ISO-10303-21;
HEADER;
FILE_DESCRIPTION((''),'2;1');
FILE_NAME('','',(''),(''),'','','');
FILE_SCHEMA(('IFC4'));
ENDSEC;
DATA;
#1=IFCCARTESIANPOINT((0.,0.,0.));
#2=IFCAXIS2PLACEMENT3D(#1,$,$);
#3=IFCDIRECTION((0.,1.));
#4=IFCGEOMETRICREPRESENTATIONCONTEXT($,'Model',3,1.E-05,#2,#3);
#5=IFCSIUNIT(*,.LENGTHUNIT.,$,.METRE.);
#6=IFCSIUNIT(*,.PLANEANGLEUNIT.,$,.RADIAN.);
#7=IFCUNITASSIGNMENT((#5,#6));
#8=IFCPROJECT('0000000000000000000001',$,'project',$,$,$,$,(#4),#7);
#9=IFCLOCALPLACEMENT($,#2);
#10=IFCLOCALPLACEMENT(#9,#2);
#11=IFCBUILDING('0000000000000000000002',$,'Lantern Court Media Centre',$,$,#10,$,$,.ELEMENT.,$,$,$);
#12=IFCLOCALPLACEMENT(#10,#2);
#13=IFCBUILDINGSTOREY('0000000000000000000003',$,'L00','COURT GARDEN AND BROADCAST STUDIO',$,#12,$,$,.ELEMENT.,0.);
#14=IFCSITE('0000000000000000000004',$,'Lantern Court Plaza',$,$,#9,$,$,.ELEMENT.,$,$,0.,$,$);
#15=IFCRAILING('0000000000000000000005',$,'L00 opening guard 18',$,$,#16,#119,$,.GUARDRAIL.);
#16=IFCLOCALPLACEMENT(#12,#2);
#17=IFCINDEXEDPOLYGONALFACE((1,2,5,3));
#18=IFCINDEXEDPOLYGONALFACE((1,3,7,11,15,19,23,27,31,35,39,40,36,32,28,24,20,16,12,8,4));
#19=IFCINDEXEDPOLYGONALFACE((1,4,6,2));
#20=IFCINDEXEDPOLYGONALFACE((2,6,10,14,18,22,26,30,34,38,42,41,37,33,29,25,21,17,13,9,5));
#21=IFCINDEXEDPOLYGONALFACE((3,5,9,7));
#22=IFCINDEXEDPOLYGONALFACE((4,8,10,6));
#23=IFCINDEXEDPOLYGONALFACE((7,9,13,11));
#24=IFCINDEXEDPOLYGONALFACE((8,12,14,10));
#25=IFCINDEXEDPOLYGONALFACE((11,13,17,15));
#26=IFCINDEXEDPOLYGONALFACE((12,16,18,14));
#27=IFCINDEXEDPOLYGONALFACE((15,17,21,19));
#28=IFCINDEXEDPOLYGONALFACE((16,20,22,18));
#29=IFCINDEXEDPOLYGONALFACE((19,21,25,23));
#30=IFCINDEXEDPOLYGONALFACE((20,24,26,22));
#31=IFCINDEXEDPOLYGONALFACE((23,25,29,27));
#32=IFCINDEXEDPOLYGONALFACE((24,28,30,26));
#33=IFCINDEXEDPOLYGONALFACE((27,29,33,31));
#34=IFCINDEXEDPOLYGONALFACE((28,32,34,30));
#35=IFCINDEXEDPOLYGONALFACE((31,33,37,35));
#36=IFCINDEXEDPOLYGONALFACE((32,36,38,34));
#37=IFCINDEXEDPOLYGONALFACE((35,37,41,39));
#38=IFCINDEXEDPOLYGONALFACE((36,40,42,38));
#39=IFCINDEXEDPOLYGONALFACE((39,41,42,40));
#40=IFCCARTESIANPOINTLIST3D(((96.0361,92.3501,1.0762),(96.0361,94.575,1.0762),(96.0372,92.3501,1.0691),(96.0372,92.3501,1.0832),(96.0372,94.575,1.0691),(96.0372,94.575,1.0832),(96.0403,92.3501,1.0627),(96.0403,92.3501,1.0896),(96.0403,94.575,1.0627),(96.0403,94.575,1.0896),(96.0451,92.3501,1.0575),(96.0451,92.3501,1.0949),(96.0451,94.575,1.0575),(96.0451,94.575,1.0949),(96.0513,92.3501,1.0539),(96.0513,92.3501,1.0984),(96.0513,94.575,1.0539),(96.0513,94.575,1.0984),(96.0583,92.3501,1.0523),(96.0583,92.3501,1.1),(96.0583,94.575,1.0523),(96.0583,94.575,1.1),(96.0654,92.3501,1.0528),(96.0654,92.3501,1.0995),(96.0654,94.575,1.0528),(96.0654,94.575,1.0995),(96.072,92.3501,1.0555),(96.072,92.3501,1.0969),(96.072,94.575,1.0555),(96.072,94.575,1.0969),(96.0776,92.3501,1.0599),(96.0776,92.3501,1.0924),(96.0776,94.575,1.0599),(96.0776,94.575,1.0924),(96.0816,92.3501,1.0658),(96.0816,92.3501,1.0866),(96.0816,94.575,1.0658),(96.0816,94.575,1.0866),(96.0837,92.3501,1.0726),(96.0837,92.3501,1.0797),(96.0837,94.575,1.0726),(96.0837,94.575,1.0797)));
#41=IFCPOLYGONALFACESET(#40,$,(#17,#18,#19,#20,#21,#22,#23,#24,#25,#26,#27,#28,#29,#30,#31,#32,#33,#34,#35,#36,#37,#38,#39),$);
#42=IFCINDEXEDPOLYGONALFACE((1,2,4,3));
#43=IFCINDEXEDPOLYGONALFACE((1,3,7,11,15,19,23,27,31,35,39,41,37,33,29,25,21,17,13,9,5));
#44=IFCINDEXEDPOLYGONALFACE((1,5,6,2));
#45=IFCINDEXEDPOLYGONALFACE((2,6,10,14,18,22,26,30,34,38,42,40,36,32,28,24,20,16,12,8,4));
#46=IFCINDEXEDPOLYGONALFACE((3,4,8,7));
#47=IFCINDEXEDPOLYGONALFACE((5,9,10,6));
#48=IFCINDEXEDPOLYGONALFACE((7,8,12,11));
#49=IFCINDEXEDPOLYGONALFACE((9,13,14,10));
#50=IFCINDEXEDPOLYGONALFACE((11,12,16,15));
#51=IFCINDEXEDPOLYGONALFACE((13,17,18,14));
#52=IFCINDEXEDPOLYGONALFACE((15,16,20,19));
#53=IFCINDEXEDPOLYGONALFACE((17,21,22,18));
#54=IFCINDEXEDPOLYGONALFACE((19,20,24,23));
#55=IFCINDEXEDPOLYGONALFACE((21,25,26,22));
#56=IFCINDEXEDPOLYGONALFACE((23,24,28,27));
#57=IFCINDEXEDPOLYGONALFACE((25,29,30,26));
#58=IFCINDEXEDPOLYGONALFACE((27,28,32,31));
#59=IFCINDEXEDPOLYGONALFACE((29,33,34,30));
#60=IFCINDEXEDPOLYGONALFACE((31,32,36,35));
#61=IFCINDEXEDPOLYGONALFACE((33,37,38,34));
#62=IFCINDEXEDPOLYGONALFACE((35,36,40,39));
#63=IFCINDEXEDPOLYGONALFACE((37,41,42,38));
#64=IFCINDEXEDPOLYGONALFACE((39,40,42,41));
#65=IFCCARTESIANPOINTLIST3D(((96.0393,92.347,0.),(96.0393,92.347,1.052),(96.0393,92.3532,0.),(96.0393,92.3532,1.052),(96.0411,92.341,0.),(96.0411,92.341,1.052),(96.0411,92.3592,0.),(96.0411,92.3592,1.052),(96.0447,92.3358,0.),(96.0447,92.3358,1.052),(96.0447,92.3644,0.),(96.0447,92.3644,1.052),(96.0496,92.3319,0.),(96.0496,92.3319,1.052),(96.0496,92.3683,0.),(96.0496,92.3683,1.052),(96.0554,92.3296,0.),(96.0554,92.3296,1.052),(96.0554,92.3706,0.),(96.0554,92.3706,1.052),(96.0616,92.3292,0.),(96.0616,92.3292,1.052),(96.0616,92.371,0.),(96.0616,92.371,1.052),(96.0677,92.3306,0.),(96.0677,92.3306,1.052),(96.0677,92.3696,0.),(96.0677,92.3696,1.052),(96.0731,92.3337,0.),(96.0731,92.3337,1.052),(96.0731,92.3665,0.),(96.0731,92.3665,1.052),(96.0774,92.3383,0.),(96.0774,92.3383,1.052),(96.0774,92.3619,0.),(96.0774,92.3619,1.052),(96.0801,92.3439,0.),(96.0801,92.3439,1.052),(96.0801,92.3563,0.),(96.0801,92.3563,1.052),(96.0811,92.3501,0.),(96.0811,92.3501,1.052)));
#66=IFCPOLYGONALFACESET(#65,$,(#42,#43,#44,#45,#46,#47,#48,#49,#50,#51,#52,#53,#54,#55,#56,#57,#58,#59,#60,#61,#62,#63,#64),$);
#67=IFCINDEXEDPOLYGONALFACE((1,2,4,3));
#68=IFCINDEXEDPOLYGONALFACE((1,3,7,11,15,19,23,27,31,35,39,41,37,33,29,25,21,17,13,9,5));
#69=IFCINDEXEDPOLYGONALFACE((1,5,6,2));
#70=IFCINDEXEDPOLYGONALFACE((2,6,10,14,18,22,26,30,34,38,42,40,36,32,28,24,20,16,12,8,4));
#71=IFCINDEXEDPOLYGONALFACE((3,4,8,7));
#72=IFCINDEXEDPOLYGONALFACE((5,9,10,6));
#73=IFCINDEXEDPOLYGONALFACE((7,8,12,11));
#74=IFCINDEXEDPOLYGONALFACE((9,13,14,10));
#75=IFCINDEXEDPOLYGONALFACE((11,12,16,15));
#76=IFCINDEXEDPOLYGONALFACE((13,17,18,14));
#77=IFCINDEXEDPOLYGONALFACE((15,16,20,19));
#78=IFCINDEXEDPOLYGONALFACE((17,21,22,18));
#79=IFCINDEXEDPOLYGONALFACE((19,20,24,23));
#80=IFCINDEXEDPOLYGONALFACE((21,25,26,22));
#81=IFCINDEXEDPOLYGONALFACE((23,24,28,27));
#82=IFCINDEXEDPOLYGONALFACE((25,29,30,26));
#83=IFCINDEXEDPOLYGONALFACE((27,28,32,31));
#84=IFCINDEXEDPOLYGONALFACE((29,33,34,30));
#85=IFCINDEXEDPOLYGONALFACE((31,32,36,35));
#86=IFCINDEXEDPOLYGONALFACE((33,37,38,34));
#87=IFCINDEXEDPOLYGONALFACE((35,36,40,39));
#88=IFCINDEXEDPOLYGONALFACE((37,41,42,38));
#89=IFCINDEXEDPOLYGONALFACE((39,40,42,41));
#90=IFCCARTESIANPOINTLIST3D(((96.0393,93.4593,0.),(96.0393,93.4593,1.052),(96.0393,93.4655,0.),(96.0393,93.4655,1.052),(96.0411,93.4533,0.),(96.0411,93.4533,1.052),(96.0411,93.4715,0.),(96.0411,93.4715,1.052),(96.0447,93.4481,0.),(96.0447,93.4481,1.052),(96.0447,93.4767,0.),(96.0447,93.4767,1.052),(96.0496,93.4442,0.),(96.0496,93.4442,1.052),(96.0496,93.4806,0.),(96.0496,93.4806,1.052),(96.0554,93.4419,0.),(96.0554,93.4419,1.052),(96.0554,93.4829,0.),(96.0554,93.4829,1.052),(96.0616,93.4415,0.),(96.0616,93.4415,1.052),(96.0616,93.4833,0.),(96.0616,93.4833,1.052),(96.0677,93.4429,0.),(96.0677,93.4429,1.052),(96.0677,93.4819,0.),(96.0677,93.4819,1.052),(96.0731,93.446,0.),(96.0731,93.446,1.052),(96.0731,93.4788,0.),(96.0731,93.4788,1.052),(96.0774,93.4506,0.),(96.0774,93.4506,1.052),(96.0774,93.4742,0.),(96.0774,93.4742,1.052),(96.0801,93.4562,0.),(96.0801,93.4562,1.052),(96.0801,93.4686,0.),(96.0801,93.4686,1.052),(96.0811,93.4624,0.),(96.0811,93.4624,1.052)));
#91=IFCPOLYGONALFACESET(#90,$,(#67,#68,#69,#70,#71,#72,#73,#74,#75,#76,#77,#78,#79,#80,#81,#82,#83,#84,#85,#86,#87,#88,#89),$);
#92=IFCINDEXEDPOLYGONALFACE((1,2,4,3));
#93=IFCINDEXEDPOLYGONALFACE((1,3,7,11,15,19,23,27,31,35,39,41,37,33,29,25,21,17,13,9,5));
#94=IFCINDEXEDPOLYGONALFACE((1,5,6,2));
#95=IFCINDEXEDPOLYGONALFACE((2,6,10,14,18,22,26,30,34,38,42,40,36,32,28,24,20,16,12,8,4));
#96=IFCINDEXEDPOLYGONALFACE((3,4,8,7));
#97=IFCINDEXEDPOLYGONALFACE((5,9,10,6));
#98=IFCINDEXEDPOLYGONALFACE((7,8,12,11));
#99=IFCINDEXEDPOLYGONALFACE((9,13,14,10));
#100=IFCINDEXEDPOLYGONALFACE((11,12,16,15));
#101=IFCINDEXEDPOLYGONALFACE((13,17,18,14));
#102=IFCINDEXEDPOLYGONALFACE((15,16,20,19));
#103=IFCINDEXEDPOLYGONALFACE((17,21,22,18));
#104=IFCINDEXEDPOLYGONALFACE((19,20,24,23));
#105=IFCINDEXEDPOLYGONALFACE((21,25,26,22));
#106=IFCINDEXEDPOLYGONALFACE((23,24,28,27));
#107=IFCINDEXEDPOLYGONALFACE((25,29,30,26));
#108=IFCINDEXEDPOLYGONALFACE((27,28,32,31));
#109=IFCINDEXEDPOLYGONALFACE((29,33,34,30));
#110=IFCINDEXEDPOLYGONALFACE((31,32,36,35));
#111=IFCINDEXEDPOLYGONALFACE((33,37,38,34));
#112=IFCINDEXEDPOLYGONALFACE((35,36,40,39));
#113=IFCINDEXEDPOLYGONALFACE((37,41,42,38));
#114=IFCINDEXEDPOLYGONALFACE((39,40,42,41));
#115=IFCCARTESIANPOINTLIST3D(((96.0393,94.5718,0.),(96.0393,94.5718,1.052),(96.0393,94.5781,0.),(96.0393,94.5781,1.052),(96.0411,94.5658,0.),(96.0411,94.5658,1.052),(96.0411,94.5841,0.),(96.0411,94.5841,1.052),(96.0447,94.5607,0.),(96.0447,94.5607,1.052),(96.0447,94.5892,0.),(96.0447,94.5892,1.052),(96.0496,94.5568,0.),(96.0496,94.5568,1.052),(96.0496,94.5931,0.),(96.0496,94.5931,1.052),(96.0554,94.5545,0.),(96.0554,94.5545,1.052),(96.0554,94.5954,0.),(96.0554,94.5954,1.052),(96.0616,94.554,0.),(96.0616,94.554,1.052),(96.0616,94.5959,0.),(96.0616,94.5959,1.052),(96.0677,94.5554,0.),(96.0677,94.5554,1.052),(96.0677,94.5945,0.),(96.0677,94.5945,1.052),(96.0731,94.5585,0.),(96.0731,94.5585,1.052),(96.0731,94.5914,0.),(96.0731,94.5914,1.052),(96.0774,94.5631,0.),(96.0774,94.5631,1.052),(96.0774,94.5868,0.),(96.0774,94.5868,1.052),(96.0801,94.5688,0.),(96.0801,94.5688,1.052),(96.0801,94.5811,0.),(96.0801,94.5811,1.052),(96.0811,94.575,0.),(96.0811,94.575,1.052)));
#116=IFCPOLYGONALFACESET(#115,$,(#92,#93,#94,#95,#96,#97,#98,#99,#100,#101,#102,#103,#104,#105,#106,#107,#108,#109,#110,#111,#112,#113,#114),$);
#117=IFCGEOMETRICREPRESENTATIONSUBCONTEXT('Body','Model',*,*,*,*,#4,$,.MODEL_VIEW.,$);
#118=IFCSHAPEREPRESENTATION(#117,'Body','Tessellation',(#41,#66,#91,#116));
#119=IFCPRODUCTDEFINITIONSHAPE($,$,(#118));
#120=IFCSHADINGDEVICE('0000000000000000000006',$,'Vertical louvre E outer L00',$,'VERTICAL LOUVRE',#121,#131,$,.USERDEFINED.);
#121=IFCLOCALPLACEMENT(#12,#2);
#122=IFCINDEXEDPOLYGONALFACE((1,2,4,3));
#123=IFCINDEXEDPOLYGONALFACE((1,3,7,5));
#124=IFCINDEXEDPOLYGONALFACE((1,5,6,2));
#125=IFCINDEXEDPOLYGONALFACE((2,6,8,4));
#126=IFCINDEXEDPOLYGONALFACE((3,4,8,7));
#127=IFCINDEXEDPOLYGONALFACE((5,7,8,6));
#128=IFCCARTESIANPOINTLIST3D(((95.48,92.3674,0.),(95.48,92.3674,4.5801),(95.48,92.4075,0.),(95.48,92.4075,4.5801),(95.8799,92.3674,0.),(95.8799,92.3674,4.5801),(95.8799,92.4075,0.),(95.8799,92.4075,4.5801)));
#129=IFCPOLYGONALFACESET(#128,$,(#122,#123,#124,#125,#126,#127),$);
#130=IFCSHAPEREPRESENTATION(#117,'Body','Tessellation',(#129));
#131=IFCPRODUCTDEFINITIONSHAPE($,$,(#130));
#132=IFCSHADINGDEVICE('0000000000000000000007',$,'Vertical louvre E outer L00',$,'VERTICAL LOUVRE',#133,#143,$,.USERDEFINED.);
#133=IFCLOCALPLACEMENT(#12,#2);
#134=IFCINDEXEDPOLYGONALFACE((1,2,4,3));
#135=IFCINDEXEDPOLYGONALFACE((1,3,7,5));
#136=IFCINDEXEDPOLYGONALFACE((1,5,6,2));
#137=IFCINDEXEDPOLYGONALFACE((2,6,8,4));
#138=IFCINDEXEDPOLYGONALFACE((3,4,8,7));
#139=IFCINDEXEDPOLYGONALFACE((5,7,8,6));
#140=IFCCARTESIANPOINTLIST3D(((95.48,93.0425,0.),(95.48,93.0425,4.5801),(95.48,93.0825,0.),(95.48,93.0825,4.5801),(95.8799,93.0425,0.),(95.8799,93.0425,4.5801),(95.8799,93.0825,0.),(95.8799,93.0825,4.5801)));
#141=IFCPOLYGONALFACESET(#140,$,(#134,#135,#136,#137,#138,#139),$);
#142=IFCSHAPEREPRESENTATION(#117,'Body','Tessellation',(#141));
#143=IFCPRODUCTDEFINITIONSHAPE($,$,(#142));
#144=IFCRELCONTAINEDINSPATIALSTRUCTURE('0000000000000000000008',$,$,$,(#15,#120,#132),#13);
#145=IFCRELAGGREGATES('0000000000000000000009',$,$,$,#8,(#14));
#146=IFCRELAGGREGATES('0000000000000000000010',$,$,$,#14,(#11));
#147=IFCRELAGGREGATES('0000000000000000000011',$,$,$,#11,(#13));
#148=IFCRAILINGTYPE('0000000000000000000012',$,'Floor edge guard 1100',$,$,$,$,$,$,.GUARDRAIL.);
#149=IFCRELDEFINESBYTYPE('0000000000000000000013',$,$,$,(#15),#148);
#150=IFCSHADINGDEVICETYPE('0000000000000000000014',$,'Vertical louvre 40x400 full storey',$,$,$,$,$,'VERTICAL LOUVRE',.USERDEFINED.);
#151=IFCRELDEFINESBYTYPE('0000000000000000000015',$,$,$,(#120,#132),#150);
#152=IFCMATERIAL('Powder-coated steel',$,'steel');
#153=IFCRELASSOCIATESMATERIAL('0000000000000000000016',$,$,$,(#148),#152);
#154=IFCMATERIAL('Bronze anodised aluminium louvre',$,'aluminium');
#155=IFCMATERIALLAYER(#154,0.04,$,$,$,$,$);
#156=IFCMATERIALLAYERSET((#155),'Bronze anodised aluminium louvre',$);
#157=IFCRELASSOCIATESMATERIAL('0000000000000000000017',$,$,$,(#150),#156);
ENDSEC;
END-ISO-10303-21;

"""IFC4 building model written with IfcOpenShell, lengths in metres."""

from ifc_helpers import new_model, si_unit, direction, frame, origin, origin_2d, place, context, subcontext, project, spatial, rectangle, circle, extrude, material, layer, layer_set, type_object, element, save


model = new_model("IFC4")

# Units and contexts
model_context = context("Model", 3, precision=1e-05, world=origin(), true_north=direction((0.0, 1.0)))
body_context = subcontext(model_context, "Body", "Model", "MODEL_VIEW")
ifc_project = project(units=[si_unit("LENGTHUNIT", "METRE"), si_unit("PLANEANGLEUNIT", "RADIAN")], contexts=[model_context])

# Site, building, storey
site_placement = place(None, origin())
site = spatial("IfcSite", under=ifc_project, at=site_placement, Name="Lantern Court Plaza", CompositionType="ELEMENT", RefElevation=0.0)
building_placement = place(site_placement, origin())
building = spatial("IfcBuilding", under=site, at=building_placement, Name="Lantern Court Media Centre", CompositionType="ELEMENT")
storey_placement = place(building_placement, origin())
storey = spatial("IfcBuildingStorey", under=building, at=storey_placement, Name="L00", Description="COURT GARDEN AND BROADCAST STUDIO", CompositionType="ELEMENT", Elevation=0.0)

# Railing
ifc_material_1 = material(Name="Powder-coated steel", Category="steel")
railing_type = type_object("IfcRailingType", Name="Floor edge guard 1100", PredefinedType="GUARDRAIL", material=ifc_material_1)
railing_placement = place(storey_placement, frame((96.0601, 92.3501, 0.0)))
element("IfcRailing", 1, at=railing_placement, inside=storey, type_object=railing_type, Name="L00 opening guard 18", PredefinedType="GUARDRAIL", context=body_context, shape_type="SweptSolid", body=[
    extrude(circle(Radius=0.0239, at=origin_2d()), frame((0.0, 0.0, 1.0762), z_axis=(0.0, 1.0, 0.0), x_axis=(-1.0, 0.0, 0.0)), (0.0, 0.0, 1.0), 2.2249),
    extrude(circle(Radius=0.021, at=origin_2d()), origin(), (0.0, 0.0, 1.0), 1.052),
    extrude(circle(Radius=0.021, at=origin_2d()), frame((0.0, 1.1123, 0.0)), (0.0, 0.0, 1.0), 1.052),
    extrude(circle(Radius=0.021, at=origin_2d()), frame((0.0, 2.2249, 0.0)), (0.0, 0.0, 1.0), 1.052),
])

# Shading devices
ifc_material_2 = material(Name="Bronze anodised aluminium louvre", Category="aluminium")
ifc_layer = layer(ifc_material_2, 0.04)
ifc_layer_set = layer_set([ifc_layer], Name="Bronze anodised aluminium louvre")
shading_device_type = type_object("IfcShadingDeviceType", Name="Vertical louvre 40x400 full storey", ElementType="VERTICAL LOUVRE", PredefinedType="USERDEFINED", material=ifc_layer_set)
for number, where, z_axis, x_axis, name in (
    (2, (95.6799, 92.3875, 0.0), (0.0, 0.0, 1.0), (1.0, 0.0, 0.0), "Vertical louvre E outer L00"),
    (3, (95.6799, 93.0625, 0.0), (0.0, 0.0, 1.0), (1.0, 0.0, 0.0), "Vertical louvre E outer L00"),
):
    element("IfcShadingDevice", number, at=place(storey_placement, frame(where, z_axis=z_axis, x_axis=x_axis)), inside=storey, type_object=shading_device_type, Name=name, ObjectType="VERTICAL LOUVRE", PredefinedType="USERDEFINED", context=body_context, shape_type="SweptSolid", body=[
        extrude(rectangle(XDim=0.3999, YDim=0.04, at=origin_2d()), origin(), (0.0, 0.0, 1.0), 4.5801),
    ])

save(model, "model.ifc")
